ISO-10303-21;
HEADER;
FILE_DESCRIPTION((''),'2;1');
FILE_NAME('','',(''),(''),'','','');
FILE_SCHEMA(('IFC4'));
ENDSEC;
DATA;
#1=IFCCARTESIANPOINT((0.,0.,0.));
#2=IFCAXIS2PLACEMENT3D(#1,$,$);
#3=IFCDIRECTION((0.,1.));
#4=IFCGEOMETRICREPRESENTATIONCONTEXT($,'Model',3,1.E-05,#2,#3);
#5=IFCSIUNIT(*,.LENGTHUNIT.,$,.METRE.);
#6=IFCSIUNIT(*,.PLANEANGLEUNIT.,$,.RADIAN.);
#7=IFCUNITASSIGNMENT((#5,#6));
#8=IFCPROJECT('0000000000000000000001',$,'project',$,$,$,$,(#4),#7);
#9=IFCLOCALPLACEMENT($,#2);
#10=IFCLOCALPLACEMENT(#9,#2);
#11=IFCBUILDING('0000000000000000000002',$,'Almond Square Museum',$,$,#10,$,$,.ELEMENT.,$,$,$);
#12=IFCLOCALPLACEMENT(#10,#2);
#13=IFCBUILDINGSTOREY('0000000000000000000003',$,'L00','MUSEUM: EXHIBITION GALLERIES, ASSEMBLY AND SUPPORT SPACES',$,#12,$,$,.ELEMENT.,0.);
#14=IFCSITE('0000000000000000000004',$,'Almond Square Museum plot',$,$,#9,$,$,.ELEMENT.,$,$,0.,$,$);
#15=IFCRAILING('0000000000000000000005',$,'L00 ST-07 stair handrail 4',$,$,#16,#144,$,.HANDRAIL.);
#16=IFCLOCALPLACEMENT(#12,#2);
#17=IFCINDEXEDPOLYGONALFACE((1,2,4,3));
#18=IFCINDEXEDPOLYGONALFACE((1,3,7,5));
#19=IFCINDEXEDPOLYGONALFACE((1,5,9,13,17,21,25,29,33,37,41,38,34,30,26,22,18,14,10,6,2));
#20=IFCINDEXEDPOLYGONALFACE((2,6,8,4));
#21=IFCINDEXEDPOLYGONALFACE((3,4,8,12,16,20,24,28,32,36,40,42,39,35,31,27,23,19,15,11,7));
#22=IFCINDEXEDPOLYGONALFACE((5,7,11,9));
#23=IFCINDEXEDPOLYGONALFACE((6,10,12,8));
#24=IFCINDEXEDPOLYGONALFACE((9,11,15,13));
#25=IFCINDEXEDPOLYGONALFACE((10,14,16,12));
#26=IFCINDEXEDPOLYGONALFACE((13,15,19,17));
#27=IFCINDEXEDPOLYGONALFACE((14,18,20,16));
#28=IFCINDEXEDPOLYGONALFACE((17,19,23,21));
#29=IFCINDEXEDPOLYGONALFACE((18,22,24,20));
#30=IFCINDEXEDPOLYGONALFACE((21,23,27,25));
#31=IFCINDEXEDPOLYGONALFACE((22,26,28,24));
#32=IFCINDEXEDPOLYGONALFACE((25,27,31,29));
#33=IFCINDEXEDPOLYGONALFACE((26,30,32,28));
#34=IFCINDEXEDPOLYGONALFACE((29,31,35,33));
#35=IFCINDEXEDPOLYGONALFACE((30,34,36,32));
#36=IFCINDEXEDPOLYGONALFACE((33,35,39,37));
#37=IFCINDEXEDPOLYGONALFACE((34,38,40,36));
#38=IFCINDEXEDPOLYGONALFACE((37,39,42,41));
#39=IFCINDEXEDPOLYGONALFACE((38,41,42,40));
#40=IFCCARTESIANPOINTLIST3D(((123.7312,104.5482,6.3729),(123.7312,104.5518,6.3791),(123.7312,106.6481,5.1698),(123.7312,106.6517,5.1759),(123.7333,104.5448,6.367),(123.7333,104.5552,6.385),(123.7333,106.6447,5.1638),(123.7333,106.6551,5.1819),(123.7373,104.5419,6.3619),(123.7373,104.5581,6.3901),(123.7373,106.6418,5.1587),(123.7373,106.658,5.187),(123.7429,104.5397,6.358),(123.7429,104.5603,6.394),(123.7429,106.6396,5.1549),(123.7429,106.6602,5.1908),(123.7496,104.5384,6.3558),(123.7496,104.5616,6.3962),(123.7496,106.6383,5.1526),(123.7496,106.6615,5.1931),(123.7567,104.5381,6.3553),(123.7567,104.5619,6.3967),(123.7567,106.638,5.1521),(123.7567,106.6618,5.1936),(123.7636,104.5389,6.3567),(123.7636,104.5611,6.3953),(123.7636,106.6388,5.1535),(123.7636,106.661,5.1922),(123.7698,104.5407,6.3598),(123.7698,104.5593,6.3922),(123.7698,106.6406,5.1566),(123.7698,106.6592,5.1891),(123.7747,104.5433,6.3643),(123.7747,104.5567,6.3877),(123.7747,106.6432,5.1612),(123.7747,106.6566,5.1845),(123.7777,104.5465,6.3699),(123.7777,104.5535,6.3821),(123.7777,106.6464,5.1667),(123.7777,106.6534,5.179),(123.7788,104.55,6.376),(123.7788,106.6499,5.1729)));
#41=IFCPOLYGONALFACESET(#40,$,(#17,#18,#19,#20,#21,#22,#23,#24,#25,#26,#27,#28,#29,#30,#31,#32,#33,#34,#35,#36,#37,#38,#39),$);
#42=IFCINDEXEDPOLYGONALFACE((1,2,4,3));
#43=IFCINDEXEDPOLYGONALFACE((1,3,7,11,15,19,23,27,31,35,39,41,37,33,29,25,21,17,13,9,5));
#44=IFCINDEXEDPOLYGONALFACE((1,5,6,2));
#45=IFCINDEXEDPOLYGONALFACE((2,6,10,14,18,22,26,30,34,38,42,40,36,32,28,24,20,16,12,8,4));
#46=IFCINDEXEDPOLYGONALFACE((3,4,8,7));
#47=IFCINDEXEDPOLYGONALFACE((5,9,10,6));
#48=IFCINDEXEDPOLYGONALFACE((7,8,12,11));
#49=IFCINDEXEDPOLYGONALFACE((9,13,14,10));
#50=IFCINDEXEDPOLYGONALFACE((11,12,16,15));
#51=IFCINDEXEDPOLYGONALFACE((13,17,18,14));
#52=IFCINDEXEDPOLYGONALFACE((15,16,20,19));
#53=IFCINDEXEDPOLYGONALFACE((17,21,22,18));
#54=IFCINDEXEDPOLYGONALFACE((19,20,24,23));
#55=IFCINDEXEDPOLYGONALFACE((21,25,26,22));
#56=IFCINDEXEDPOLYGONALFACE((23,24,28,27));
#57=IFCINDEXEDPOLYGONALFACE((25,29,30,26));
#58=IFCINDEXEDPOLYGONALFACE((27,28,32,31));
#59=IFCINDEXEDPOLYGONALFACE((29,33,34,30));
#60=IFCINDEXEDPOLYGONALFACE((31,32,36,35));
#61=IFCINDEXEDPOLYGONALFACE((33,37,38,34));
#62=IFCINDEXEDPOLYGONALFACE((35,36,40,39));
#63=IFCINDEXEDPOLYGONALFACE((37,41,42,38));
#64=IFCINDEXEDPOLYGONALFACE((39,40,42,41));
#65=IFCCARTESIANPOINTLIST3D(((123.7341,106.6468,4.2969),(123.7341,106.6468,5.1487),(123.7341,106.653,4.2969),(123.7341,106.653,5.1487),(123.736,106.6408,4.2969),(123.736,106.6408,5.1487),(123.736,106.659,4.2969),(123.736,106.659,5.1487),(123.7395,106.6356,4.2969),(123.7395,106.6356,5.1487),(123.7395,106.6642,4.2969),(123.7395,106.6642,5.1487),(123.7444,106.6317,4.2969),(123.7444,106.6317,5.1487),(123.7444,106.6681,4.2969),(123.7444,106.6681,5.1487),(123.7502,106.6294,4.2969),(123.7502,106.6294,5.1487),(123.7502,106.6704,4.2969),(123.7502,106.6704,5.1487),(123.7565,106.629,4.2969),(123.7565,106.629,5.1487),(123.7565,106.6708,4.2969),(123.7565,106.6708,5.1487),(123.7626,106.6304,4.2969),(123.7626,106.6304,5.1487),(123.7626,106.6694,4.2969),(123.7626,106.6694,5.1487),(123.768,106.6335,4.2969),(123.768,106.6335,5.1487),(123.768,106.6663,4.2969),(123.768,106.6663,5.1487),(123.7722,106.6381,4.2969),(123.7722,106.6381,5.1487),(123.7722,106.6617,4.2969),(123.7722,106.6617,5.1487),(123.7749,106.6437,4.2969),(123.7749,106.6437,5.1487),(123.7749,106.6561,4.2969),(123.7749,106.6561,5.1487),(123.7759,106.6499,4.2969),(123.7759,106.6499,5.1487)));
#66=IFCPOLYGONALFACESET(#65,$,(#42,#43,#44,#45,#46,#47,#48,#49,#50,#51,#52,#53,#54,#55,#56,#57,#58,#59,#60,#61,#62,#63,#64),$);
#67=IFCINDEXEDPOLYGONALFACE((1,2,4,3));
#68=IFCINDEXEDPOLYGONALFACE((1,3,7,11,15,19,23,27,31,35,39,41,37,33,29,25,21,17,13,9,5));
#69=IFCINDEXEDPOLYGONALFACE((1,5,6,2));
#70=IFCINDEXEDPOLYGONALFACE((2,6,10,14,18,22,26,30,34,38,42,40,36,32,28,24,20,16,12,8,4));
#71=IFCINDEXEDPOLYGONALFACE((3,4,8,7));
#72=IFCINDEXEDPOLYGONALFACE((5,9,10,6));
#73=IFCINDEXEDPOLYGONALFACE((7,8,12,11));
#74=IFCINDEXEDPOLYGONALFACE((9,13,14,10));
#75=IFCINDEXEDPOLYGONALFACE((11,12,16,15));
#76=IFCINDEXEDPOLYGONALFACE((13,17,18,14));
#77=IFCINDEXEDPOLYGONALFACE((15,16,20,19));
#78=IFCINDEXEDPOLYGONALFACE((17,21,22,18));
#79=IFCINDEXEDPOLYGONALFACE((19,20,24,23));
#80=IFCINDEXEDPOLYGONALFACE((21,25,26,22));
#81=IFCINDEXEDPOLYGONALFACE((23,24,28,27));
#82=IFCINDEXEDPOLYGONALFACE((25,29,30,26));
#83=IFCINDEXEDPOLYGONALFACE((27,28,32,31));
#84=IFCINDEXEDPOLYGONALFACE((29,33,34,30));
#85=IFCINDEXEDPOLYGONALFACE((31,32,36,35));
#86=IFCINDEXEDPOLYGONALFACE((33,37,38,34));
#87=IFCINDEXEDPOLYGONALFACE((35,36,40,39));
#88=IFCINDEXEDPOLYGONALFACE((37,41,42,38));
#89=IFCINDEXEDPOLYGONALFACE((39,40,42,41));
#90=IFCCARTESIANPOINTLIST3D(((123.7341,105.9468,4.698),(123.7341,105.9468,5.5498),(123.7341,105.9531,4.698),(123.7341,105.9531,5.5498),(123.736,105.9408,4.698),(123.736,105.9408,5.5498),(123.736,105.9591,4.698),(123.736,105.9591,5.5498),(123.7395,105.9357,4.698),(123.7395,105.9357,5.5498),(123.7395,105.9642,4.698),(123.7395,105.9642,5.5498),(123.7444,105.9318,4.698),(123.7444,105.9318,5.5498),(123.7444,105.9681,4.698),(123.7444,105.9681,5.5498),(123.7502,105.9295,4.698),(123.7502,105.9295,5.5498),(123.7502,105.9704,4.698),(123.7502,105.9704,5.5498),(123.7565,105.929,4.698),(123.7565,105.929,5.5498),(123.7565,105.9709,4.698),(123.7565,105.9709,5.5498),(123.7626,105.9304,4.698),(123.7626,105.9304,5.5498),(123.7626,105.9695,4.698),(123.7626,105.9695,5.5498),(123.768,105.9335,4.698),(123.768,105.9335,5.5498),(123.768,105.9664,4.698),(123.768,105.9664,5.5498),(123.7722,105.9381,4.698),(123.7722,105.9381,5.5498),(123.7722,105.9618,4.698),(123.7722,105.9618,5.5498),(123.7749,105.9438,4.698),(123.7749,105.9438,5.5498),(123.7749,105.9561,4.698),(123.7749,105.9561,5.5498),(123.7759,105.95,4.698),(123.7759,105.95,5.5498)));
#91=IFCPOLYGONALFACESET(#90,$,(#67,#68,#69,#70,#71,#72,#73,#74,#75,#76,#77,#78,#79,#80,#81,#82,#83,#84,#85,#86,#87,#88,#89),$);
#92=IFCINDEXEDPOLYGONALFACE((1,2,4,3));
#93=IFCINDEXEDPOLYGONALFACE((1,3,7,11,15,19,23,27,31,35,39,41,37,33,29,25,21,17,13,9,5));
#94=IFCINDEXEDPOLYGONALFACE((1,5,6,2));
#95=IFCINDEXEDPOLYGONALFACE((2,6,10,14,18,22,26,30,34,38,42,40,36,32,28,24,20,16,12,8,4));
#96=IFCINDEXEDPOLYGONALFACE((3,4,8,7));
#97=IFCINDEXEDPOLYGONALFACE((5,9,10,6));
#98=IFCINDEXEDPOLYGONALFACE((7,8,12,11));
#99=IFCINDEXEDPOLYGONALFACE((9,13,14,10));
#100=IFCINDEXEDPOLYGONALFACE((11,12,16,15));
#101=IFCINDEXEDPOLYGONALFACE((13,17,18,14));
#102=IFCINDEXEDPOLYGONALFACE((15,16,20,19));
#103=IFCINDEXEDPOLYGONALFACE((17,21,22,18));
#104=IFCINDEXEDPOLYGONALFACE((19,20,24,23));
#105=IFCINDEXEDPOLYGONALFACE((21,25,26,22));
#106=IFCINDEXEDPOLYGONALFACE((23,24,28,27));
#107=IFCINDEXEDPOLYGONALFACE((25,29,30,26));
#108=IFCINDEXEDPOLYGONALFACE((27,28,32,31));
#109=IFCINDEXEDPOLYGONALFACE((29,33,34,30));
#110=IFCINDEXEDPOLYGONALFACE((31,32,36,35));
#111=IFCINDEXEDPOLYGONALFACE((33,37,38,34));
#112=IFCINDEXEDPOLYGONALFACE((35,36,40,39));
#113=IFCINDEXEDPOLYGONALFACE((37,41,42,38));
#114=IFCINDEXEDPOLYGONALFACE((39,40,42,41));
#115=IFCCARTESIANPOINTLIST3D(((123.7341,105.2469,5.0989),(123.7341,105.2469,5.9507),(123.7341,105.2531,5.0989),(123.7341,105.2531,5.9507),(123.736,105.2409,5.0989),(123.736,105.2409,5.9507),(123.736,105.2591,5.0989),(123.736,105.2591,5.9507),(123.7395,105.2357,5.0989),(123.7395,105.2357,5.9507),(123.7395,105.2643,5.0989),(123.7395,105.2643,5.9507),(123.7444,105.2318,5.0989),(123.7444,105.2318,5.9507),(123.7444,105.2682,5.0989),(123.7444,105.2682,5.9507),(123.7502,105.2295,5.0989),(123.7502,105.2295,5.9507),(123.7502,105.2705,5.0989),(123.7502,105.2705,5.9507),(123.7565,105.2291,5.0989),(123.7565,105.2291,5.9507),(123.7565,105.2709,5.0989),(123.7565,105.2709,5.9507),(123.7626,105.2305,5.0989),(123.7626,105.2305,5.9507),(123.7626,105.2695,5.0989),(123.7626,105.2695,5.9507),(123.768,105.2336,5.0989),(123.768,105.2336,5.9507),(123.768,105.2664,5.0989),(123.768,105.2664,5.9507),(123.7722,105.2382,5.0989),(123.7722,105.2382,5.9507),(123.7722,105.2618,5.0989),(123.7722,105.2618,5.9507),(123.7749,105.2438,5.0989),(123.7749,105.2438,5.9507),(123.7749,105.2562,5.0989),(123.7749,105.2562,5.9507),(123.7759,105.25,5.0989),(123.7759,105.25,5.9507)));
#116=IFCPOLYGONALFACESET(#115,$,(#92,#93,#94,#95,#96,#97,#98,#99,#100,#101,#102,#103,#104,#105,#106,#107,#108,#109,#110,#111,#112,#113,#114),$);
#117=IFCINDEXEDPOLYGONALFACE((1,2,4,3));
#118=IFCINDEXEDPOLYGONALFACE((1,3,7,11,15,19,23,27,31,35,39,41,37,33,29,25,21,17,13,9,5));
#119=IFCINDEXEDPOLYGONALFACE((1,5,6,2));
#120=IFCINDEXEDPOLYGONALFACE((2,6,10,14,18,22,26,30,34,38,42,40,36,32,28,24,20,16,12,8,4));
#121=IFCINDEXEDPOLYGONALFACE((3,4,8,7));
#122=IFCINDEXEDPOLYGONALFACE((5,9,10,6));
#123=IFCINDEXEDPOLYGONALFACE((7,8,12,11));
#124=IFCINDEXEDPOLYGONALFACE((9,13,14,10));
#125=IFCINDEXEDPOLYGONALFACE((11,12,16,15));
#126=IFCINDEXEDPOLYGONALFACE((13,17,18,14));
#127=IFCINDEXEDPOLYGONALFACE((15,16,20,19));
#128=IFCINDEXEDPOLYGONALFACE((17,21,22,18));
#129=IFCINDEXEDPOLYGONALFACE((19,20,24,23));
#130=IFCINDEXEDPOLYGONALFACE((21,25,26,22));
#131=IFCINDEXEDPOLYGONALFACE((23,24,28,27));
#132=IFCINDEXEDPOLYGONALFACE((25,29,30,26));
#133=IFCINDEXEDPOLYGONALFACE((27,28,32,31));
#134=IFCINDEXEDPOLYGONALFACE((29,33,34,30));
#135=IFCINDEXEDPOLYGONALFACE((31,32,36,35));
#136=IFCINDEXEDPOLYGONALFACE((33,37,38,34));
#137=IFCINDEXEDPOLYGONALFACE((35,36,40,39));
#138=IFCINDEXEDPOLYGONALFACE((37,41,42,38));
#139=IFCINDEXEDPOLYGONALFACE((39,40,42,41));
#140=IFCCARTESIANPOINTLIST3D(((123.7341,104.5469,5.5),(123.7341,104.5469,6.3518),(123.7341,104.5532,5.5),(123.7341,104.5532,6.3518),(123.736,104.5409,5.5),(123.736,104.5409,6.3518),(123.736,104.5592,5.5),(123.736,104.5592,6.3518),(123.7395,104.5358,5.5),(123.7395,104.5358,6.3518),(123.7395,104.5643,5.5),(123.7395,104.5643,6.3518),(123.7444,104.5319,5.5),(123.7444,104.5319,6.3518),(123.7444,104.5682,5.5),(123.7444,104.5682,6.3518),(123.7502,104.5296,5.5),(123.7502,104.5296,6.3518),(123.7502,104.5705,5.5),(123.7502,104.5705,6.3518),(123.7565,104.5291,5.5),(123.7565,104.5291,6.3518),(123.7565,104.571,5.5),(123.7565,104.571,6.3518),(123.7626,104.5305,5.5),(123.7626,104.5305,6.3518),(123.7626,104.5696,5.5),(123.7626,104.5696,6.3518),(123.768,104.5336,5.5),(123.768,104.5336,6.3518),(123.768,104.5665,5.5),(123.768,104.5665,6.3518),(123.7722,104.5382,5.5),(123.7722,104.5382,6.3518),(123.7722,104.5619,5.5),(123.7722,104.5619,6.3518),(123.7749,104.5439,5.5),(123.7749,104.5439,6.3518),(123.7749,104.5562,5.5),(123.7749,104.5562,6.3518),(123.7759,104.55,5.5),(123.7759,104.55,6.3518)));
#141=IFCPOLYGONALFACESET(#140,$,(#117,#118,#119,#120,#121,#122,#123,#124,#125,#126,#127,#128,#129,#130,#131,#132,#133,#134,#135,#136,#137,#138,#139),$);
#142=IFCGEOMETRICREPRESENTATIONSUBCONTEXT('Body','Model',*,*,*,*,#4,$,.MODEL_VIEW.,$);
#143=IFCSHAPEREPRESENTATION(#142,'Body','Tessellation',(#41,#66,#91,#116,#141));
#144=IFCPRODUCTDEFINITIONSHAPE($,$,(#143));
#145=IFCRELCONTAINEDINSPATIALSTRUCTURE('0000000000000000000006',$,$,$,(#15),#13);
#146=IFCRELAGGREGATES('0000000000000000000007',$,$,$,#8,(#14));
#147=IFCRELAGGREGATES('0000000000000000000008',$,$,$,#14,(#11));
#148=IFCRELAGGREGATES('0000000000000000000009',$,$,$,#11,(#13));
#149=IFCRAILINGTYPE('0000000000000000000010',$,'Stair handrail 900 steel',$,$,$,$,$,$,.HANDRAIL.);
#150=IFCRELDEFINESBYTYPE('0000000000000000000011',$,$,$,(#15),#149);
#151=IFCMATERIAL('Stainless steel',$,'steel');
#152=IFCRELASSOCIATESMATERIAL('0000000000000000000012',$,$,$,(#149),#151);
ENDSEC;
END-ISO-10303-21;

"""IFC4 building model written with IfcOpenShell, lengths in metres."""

from ifc_helpers import new_model, si_unit, direction, frame, origin, origin_2d, place, context, subcontext, project, spatial, circle, extrude, material, type_object, element, save


model = new_model("IFC4")

# Units and contexts
model_context = context("Model", 3, precision=1e-05, world=origin(), true_north=direction((0.0, 1.0)))
body_context = subcontext(model_context, "Body", "Model", "MODEL_VIEW")
ifc_project = project(units=[si_unit("LENGTHUNIT", "METRE"), si_unit("PLANEANGLEUNIT", "RADIAN")], contexts=[model_context])

# Site, building, storey
site_placement = place(None, origin())
site = spatial("IfcSite", under=ifc_project, at=site_placement, Name="Almond Square Museum plot", CompositionType="ELEMENT", RefElevation=0.0)
building_placement = place(site_placement, origin())
building = spatial("IfcBuilding", under=site, at=building_placement, Name="Almond Square Museum", CompositionType="ELEMENT")
storey_placement = place(building_placement, origin())
storey = spatial("IfcBuildingStorey", under=building, at=storey_placement, Name="L00", Description="MUSEUM: EXHIBITION GALLERIES, ASSEMBLY AND SUPPORT SPACES", CompositionType="ELEMENT", Elevation=0.0)

# Railing
ifc_material_1 = material(Name="Stainless steel", Category="steel")
railing_type = type_object("IfcRailingType", Name="Stair handrail 900 steel", PredefinedType="HANDRAIL", material=ifc_material_1)
for number, where, name in (
    (1, (123.7549, 106.6499, 4.2969), "L00 ST-07 stair handrail 4"),
):
    element("IfcRailing", number, at=place(storey_placement, frame(where)), inside=storey, type_object=railing_type, Name=name, PredefinedType="HANDRAIL", context=body_context, shape_type="SweptSolid", body=[
        extrude(circle(Radius=0.0239, at=origin_2d()), frame((0.0, 0.0, 0.876), z_axis=(0.0, -0.867671, 0.497138), x_axis=(1.0, 0.0, 0.0)), (0.0, 0.0, 1.0), 2.4202),
        extrude(circle(Radius=0.021, at=origin_2d()), origin(), (0.0, 0.0, 1.0), 0.8518),
        extrude(circle(Radius=0.021, at=origin_2d()), frame((0.0, -0.7, 0.4011)), (0.0, 0.0, 1.0), 0.8518),
        extrude(circle(Radius=0.021, at=origin_2d()), frame((0.0, -1.3999, 0.802)), (0.0, 0.0, 1.0), 0.8518),
        extrude(circle(Radius=0.021, at=origin_2d()), frame((0.0, -2.0999, 1.2031)), (0.0, 0.0, 1.0), 0.8518),
    ])

save(model, "model.ifc")
